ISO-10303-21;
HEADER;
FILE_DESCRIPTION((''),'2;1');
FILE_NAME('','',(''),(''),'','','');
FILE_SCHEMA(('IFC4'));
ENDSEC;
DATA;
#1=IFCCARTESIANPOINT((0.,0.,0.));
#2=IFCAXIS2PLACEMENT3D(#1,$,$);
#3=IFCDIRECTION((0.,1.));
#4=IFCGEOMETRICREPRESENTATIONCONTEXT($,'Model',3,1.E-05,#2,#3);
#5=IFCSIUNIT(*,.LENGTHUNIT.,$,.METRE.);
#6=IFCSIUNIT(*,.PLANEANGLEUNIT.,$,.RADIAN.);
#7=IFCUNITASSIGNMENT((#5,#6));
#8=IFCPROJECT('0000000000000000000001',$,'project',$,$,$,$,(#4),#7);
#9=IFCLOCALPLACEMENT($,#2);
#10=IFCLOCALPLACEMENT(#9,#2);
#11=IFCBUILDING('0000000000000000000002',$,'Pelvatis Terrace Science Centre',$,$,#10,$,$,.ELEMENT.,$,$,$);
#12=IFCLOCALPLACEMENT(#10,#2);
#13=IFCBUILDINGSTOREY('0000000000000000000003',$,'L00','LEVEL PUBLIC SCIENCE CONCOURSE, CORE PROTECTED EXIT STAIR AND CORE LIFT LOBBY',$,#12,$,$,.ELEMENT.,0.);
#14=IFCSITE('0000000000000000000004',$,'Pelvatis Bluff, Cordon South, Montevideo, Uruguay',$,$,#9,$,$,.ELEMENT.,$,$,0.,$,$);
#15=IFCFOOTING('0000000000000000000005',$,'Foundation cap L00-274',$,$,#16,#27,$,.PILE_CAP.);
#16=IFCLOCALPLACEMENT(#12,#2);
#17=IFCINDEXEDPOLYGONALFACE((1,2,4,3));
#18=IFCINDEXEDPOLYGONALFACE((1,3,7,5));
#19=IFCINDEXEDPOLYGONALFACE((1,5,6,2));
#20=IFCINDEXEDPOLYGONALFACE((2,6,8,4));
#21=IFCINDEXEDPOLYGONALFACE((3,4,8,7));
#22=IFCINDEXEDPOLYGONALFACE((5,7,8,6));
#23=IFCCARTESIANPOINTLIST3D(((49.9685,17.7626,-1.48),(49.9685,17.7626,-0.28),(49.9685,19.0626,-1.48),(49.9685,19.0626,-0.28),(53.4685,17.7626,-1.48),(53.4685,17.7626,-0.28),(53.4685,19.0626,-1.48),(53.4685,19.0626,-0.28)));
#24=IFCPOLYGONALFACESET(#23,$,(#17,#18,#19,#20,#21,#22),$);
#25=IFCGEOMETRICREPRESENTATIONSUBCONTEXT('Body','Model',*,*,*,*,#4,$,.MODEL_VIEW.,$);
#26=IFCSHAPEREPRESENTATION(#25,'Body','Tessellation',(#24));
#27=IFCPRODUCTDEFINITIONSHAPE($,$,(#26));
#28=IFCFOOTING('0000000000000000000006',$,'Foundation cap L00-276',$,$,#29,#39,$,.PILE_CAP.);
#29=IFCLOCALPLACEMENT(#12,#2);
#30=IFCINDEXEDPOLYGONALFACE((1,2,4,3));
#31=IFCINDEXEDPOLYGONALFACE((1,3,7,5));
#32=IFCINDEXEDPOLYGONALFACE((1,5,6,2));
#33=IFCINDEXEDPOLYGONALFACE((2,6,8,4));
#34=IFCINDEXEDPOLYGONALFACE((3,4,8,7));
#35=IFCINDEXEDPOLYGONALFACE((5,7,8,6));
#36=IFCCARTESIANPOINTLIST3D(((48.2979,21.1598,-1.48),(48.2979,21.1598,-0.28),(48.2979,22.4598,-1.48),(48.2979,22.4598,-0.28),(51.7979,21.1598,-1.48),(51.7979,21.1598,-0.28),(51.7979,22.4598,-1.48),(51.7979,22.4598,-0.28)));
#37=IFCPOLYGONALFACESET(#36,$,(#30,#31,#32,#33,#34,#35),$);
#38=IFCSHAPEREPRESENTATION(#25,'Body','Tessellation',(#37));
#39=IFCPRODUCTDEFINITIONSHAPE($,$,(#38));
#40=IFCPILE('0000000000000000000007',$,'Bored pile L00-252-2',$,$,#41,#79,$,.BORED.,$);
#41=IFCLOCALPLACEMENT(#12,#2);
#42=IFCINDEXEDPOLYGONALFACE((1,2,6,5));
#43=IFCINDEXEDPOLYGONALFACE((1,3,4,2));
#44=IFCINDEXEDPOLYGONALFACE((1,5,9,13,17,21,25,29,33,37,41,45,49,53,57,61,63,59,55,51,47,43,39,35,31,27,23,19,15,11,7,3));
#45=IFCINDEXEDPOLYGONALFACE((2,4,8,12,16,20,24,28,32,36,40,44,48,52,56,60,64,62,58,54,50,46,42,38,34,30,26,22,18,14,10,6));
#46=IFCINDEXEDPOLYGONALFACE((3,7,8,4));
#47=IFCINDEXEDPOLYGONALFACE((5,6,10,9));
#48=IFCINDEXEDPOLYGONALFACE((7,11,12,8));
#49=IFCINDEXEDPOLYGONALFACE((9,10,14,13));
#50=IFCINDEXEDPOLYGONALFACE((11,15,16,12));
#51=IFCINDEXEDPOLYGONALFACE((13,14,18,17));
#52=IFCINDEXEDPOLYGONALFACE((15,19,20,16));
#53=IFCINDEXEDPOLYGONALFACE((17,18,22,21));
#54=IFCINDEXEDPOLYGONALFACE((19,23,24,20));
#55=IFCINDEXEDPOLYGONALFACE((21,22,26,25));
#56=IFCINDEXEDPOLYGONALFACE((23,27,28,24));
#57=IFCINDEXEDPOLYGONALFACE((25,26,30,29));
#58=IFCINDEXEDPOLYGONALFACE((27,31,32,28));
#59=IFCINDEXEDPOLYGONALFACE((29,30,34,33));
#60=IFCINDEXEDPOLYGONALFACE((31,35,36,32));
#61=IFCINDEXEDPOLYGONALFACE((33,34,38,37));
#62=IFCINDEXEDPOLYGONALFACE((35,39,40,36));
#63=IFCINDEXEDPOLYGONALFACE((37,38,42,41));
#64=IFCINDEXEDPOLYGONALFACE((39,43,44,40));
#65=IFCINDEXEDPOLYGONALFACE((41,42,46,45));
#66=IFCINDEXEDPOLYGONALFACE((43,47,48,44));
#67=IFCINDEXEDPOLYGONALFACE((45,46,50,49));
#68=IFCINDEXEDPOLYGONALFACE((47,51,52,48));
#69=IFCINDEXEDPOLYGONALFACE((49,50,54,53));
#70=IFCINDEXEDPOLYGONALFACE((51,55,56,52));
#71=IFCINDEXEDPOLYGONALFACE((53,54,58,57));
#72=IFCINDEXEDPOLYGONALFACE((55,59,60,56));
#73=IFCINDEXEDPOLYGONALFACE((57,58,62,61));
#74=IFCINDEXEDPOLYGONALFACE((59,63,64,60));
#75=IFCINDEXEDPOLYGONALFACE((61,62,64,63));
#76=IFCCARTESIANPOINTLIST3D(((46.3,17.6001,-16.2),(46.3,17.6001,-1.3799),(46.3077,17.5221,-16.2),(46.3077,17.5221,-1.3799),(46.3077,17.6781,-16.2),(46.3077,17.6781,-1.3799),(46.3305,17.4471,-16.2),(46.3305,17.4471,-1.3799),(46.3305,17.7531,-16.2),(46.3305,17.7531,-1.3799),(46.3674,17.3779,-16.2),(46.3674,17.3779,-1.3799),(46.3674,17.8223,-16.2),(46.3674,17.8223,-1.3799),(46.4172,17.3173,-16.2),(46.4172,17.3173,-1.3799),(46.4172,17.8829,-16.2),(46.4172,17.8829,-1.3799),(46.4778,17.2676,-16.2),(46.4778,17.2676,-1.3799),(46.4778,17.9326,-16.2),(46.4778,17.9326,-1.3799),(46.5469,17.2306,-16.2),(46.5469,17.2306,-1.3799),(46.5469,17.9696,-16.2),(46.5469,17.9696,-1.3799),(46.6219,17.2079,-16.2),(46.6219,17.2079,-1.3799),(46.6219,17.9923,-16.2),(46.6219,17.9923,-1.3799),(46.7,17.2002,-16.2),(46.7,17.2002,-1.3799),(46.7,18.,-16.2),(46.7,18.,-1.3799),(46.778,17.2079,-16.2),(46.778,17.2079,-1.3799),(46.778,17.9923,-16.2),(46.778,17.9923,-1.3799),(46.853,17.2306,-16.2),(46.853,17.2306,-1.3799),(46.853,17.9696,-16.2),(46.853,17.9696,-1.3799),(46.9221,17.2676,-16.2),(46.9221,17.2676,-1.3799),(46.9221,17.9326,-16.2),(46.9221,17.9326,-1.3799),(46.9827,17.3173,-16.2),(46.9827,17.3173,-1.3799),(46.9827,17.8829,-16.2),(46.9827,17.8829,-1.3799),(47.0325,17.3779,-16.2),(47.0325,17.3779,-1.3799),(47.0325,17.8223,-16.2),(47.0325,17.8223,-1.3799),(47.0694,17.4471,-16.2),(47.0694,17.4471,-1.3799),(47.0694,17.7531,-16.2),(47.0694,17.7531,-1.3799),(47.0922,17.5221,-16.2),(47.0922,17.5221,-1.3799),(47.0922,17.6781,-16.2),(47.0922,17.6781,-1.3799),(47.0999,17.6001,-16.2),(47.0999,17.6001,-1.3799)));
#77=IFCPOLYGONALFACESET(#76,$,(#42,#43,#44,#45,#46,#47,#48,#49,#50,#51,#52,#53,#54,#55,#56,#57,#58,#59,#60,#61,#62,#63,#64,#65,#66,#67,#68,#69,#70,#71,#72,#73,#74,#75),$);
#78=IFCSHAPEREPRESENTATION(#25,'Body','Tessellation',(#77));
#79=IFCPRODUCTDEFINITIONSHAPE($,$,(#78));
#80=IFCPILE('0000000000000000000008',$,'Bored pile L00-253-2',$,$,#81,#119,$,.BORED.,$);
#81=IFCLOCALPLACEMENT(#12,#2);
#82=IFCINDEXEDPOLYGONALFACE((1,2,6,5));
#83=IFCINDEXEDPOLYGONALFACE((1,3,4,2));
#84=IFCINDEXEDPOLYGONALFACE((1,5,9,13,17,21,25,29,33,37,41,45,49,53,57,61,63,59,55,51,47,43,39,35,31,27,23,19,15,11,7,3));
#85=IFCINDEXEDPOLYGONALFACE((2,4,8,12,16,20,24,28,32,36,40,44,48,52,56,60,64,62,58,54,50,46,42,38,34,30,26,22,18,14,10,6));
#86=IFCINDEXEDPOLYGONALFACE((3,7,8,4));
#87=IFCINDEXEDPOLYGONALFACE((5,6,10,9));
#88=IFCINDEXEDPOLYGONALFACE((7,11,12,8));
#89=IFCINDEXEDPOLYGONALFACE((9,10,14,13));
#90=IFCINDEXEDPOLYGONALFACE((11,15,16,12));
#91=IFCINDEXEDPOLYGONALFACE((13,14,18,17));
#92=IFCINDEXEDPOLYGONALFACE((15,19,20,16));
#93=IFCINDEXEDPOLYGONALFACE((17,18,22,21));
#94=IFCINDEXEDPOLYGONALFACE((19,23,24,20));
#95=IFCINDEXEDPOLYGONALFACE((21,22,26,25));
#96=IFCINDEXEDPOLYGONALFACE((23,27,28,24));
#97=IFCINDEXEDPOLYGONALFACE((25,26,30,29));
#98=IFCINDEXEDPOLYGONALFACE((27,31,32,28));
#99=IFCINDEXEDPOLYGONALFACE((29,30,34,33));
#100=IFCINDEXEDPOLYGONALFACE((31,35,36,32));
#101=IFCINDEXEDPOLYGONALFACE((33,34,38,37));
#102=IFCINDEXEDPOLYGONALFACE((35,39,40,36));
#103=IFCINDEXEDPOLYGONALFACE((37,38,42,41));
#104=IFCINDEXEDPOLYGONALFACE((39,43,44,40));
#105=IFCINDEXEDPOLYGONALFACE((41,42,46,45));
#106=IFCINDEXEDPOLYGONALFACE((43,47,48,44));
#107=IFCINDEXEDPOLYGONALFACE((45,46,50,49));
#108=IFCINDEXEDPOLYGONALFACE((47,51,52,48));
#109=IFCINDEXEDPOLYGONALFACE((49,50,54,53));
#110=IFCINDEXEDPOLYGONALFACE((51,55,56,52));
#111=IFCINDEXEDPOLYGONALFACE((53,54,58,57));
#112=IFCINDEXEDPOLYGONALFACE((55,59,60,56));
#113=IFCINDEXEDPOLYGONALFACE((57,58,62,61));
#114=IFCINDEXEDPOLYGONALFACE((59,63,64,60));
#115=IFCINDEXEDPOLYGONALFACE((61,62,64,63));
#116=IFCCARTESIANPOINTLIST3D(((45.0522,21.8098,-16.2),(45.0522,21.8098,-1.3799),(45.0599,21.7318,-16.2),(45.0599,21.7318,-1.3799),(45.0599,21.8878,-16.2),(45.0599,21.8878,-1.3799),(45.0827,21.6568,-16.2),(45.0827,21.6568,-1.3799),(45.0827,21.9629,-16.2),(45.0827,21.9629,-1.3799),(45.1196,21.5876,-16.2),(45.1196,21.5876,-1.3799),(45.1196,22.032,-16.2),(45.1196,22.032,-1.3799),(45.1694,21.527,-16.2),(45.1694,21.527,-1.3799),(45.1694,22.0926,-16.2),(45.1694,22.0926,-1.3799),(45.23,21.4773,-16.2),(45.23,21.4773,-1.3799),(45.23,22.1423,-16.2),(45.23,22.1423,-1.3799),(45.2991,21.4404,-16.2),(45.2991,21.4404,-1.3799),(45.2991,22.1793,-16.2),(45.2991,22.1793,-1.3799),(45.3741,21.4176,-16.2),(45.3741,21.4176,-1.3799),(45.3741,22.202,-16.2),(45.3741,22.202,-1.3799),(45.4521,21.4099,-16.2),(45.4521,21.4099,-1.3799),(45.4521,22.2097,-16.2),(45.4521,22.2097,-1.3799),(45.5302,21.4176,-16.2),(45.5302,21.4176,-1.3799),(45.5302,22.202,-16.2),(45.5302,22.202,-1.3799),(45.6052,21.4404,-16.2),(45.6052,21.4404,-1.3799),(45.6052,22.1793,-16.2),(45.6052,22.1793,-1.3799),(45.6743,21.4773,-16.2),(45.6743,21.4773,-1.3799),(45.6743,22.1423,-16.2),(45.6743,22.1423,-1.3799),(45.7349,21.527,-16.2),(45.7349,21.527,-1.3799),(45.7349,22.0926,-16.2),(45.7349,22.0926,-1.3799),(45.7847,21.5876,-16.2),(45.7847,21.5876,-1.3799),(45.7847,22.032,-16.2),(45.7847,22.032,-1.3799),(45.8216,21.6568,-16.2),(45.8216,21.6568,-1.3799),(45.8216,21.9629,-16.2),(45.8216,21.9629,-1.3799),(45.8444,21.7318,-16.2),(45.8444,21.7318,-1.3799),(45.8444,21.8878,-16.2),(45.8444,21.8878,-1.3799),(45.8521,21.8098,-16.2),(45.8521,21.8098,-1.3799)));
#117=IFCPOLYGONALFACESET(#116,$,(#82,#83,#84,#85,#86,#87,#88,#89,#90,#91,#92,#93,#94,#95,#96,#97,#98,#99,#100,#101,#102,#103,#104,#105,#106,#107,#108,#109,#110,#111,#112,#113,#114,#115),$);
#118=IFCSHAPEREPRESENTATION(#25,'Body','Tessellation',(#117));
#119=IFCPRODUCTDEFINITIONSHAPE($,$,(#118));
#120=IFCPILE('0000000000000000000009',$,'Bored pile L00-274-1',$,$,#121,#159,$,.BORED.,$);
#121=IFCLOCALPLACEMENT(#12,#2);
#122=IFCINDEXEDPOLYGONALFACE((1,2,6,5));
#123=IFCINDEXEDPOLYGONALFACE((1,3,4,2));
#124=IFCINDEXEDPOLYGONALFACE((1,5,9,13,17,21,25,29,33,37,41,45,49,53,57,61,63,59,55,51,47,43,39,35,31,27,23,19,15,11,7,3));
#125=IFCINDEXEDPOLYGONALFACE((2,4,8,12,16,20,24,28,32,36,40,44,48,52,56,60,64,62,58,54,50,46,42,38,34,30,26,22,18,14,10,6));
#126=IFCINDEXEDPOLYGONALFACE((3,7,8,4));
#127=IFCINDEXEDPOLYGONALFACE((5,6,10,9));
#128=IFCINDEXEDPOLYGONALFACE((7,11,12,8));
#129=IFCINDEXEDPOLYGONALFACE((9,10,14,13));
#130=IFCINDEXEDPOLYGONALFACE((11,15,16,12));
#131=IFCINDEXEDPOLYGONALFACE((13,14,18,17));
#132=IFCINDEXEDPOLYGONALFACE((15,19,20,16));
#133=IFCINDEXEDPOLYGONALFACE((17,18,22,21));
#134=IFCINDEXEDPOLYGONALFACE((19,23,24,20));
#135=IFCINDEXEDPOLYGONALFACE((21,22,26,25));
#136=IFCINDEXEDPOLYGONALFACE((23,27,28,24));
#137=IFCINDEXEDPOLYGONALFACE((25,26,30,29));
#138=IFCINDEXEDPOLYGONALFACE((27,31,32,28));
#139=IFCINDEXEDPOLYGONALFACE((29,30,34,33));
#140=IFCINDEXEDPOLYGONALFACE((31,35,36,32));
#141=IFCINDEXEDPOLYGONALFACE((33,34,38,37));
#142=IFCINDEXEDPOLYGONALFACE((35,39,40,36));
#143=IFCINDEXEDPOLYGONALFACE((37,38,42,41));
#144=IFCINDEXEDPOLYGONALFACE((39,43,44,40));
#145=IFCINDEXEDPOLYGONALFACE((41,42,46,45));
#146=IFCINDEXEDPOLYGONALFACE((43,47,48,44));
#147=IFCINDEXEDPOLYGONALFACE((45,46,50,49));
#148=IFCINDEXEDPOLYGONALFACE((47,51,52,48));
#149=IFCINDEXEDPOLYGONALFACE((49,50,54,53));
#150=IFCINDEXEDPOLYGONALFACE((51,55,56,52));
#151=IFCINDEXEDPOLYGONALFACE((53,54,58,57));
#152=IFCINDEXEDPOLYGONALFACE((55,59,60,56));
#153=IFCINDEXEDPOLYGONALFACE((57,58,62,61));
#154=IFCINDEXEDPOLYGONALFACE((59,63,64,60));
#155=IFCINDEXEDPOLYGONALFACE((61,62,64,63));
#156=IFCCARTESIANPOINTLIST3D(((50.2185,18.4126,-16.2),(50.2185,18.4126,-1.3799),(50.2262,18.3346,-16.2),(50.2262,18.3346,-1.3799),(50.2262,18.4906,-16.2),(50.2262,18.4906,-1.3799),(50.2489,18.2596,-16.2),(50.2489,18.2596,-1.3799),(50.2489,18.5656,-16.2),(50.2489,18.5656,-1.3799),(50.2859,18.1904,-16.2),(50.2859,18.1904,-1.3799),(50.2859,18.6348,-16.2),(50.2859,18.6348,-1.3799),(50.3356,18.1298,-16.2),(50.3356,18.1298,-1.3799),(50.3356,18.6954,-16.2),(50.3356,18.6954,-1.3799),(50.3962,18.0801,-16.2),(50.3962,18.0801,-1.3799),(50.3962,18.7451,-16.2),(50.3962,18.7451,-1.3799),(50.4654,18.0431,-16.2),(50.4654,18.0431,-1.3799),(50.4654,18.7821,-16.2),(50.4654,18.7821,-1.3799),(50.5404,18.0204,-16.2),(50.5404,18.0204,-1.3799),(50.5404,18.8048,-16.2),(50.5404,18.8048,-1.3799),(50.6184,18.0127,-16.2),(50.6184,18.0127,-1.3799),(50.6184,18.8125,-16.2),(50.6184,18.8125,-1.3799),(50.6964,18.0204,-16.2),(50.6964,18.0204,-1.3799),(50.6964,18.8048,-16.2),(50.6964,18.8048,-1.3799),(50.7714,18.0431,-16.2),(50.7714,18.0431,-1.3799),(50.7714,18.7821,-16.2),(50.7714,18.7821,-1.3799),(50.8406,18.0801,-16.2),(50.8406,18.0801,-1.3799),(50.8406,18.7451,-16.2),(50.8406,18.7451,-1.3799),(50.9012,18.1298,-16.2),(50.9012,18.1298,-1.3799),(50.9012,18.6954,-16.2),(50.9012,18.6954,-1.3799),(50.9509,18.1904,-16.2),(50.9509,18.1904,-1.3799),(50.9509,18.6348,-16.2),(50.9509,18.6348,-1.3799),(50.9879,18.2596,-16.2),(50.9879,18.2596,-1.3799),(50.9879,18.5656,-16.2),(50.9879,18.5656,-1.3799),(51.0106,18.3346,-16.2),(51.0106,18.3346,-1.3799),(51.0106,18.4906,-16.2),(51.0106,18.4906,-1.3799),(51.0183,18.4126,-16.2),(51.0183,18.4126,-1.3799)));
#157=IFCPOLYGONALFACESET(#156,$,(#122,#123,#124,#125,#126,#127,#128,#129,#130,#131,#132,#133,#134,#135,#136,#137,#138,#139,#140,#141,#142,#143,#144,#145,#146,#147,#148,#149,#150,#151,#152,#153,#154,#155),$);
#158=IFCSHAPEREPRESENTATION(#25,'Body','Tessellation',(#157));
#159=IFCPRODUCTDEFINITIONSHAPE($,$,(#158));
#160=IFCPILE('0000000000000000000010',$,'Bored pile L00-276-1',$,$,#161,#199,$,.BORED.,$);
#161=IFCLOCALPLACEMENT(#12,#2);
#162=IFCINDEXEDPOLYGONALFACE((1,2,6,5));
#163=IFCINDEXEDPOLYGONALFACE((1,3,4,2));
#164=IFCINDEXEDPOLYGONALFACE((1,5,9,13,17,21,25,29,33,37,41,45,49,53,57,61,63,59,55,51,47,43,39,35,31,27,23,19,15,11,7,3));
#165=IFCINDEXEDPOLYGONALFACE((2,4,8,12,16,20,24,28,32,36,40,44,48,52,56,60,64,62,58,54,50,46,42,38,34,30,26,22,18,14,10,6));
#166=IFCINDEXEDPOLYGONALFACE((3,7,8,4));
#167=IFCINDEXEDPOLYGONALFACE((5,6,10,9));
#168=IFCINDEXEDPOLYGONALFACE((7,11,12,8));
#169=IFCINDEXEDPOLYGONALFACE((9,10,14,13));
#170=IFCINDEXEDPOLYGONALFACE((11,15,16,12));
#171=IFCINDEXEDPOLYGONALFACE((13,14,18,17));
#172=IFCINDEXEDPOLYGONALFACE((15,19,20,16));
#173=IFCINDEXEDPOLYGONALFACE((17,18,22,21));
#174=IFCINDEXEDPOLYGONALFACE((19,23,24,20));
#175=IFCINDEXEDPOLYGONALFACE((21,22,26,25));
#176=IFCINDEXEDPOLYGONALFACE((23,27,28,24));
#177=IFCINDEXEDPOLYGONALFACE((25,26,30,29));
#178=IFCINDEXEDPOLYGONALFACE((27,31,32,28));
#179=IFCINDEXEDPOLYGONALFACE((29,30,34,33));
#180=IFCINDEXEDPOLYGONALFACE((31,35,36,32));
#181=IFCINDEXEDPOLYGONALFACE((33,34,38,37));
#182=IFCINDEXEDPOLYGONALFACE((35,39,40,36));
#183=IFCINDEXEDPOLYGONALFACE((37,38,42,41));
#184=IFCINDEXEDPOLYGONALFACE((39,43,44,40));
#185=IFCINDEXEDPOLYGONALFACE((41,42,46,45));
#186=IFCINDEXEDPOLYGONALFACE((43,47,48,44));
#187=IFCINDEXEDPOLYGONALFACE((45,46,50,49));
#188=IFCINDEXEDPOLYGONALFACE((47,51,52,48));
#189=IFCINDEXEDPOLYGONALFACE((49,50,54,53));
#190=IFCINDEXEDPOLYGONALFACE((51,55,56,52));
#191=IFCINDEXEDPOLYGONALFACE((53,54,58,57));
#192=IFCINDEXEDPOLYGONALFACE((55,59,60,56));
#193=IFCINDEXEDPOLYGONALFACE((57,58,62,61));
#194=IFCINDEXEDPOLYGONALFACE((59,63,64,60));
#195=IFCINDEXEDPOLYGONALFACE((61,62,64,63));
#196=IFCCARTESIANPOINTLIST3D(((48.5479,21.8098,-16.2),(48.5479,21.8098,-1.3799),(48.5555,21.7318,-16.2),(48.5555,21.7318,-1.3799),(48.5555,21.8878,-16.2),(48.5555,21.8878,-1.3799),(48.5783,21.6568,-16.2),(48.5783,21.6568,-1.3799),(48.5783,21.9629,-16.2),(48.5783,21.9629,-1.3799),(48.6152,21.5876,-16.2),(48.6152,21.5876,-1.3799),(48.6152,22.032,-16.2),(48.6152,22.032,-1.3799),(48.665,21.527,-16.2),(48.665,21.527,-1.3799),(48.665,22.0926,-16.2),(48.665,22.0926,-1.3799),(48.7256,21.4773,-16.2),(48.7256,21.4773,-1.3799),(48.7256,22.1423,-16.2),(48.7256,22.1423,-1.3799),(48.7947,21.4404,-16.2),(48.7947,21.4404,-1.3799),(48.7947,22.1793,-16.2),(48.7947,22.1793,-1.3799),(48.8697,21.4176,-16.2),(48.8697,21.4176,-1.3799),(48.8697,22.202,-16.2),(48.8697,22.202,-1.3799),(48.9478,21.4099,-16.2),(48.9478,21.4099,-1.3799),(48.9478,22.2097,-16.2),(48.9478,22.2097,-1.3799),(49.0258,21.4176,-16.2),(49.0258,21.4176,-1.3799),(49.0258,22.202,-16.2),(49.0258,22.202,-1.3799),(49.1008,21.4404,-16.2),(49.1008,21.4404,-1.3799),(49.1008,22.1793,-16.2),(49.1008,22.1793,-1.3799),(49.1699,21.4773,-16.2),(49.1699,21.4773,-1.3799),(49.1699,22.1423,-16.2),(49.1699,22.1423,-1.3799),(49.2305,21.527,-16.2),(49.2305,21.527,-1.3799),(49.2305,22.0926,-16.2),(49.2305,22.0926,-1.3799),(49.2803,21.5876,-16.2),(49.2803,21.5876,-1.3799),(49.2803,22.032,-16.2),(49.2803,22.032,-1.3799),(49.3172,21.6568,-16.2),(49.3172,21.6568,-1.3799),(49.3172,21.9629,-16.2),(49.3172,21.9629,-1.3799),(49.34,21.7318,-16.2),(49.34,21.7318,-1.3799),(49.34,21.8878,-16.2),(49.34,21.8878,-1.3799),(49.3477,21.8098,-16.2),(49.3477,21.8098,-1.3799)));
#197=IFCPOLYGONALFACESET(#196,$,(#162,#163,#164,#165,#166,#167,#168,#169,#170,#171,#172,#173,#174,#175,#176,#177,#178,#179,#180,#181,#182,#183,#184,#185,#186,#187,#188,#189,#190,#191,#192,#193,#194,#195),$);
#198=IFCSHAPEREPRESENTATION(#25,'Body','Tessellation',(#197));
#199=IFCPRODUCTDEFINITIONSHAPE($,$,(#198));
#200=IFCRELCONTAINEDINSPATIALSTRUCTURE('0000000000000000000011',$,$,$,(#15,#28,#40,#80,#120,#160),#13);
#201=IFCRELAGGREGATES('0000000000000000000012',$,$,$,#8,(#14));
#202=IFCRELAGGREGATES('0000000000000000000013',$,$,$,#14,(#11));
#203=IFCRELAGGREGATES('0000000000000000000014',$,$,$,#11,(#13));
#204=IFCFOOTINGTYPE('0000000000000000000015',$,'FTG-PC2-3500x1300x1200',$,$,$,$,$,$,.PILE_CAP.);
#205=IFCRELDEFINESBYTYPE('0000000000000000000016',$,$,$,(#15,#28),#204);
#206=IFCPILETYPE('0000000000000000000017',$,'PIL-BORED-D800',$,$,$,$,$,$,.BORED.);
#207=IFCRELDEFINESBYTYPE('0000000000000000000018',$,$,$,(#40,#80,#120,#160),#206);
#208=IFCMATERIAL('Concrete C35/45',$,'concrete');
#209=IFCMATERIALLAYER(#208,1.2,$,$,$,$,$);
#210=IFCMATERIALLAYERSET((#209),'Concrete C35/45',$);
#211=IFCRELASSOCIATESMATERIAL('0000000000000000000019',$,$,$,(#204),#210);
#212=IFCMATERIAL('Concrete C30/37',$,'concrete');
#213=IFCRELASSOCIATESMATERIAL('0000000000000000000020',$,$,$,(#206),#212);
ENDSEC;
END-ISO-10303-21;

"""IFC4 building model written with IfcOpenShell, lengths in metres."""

from ifc_helpers import new_model, si_unit, direction, frame, origin, origin_2d, place, context, subcontext, project, spatial, rectangle, circle, extrude, material, layer, layer_set, material_profile, profile_set, type_object, element, save


model = new_model("IFC4")

# Units and contexts
model_context = context("Model", 3, precision=1e-05, world=origin(), true_north=direction((0.0, 1.0)))
body_context = subcontext(model_context, "Body", "Model", "MODEL_VIEW")
ifc_project = project(units=[si_unit("LENGTHUNIT", "METRE"), si_unit("PLANEANGLEUNIT", "RADIAN")], contexts=[model_context])

# Site, building, storey
site_placement = place(None, origin())
site = spatial("IfcSite", under=ifc_project, at=site_placement, Name="Pelvatis Bluff, Cordon South, Montevideo, Uruguay", CompositionType="ELEMENT", RefElevation=0.0)
building_placement = place(site_placement, origin())
building = spatial("IfcBuilding", under=site, at=building_placement, Name="Pelvatis Terrace Science Centre", CompositionType="ELEMENT")
storey_placement = place(building_placement, origin())
storey = spatial("IfcBuildingStorey", under=building, at=storey_placement, Name="L00", Description="LEVEL PUBLIC SCIENCE CONCOURSE, CORE PROTECTED EXIT STAIR AND CORE LIFT LOBBY", CompositionType="ELEMENT", Elevation=0.0)

# Footings
ifc_material_1 = material(Name="Concrete C35/45", Category="concrete")
ifc_layer_1 = layer(ifc_material_1, 1.2)
ifc_layer_set_1 = layer_set([ifc_layer_1], Name="Concrete C35/45")
footing_type = type_object("IfcFootingType", Name="FTG-PC2-3500x1300x1200", PredefinedType="PILE_CAP", material=ifc_layer_set_1)
for number, where, z_axis, x_axis, name in (
    (1, (51.7185, 18.4126, -1.48), (0.0, 0.0, 1.0), (1.0, 0.0, 0.0), "Foundation cap L00-274"),
    (2, (50.0479, 21.8098, -1.48), (0.0, 0.0, 1.0), (1.0, 0.0, 0.0), "Foundation cap L00-276"),
):
    element("IfcFooting", number, at=place(storey_placement, frame(where, z_axis=z_axis, x_axis=x_axis)), inside=storey, type_object=footing_type, Name=name, PredefinedType="PILE_CAP", context=body_context, shape_type="SweptSolid", body=[
        extrude(rectangle(XDim=3.5, YDim=1.3, at=origin_2d()), origin(), (0.0, 0.0, 1.0), 1.2),
    ])

# Piles
ifc_material_2 = material(Name="Concrete C30/37", Category="concrete")
ifc_material_profile_1 = material_profile(ifc_material_2, circle(Radius=0.3999, at=origin_2d()), Name="PILE D800")
ifc_profile_set_1 = profile_set([ifc_material_profile_1], Name="Concrete C30/37")
pile_type = type_object("IfcPileType", Name="PIL-BORED-D800", PredefinedType="BORED", material=ifc_profile_set_1)
for number, where, z_axis, x_axis, name in (
    (3, (46.7, 17.6001, -1.3799), (0.0, 0.0, -1.0), (1.0, 0.0, 0.0), "Bored pile L00-252-2"),
    (4, (45.4521, 21.8098, -1.3799), (0.0, 0.0, -1.0), (1.0, 0.0, 0.0), "Bored pile L00-253-2"),
    (5, (50.6184, 18.4126, -1.3799), (0.0, 0.0, -1.0), (1.0, 0.0, 0.0), "Bored pile L00-274-1"),
    (6, (48.9478, 21.8098, -1.3799), (0.0, 0.0, -1.0), (1.0, 0.0, 0.0), "Bored pile L00-276-1"),
):
    element("IfcPile", number, at=place(storey_placement, frame(where, z_axis=z_axis, x_axis=x_axis)), inside=storey, type_object=pile_type, Name=name, PredefinedType="BORED", context=body_context, shape_type="SweptSolid", body=[
        extrude(circle(Radius=0.3999, at=origin_2d()), origin(), (0.0, 0.0, 1.0), 14.8201),
    ])

save(model, "model.ifc")
